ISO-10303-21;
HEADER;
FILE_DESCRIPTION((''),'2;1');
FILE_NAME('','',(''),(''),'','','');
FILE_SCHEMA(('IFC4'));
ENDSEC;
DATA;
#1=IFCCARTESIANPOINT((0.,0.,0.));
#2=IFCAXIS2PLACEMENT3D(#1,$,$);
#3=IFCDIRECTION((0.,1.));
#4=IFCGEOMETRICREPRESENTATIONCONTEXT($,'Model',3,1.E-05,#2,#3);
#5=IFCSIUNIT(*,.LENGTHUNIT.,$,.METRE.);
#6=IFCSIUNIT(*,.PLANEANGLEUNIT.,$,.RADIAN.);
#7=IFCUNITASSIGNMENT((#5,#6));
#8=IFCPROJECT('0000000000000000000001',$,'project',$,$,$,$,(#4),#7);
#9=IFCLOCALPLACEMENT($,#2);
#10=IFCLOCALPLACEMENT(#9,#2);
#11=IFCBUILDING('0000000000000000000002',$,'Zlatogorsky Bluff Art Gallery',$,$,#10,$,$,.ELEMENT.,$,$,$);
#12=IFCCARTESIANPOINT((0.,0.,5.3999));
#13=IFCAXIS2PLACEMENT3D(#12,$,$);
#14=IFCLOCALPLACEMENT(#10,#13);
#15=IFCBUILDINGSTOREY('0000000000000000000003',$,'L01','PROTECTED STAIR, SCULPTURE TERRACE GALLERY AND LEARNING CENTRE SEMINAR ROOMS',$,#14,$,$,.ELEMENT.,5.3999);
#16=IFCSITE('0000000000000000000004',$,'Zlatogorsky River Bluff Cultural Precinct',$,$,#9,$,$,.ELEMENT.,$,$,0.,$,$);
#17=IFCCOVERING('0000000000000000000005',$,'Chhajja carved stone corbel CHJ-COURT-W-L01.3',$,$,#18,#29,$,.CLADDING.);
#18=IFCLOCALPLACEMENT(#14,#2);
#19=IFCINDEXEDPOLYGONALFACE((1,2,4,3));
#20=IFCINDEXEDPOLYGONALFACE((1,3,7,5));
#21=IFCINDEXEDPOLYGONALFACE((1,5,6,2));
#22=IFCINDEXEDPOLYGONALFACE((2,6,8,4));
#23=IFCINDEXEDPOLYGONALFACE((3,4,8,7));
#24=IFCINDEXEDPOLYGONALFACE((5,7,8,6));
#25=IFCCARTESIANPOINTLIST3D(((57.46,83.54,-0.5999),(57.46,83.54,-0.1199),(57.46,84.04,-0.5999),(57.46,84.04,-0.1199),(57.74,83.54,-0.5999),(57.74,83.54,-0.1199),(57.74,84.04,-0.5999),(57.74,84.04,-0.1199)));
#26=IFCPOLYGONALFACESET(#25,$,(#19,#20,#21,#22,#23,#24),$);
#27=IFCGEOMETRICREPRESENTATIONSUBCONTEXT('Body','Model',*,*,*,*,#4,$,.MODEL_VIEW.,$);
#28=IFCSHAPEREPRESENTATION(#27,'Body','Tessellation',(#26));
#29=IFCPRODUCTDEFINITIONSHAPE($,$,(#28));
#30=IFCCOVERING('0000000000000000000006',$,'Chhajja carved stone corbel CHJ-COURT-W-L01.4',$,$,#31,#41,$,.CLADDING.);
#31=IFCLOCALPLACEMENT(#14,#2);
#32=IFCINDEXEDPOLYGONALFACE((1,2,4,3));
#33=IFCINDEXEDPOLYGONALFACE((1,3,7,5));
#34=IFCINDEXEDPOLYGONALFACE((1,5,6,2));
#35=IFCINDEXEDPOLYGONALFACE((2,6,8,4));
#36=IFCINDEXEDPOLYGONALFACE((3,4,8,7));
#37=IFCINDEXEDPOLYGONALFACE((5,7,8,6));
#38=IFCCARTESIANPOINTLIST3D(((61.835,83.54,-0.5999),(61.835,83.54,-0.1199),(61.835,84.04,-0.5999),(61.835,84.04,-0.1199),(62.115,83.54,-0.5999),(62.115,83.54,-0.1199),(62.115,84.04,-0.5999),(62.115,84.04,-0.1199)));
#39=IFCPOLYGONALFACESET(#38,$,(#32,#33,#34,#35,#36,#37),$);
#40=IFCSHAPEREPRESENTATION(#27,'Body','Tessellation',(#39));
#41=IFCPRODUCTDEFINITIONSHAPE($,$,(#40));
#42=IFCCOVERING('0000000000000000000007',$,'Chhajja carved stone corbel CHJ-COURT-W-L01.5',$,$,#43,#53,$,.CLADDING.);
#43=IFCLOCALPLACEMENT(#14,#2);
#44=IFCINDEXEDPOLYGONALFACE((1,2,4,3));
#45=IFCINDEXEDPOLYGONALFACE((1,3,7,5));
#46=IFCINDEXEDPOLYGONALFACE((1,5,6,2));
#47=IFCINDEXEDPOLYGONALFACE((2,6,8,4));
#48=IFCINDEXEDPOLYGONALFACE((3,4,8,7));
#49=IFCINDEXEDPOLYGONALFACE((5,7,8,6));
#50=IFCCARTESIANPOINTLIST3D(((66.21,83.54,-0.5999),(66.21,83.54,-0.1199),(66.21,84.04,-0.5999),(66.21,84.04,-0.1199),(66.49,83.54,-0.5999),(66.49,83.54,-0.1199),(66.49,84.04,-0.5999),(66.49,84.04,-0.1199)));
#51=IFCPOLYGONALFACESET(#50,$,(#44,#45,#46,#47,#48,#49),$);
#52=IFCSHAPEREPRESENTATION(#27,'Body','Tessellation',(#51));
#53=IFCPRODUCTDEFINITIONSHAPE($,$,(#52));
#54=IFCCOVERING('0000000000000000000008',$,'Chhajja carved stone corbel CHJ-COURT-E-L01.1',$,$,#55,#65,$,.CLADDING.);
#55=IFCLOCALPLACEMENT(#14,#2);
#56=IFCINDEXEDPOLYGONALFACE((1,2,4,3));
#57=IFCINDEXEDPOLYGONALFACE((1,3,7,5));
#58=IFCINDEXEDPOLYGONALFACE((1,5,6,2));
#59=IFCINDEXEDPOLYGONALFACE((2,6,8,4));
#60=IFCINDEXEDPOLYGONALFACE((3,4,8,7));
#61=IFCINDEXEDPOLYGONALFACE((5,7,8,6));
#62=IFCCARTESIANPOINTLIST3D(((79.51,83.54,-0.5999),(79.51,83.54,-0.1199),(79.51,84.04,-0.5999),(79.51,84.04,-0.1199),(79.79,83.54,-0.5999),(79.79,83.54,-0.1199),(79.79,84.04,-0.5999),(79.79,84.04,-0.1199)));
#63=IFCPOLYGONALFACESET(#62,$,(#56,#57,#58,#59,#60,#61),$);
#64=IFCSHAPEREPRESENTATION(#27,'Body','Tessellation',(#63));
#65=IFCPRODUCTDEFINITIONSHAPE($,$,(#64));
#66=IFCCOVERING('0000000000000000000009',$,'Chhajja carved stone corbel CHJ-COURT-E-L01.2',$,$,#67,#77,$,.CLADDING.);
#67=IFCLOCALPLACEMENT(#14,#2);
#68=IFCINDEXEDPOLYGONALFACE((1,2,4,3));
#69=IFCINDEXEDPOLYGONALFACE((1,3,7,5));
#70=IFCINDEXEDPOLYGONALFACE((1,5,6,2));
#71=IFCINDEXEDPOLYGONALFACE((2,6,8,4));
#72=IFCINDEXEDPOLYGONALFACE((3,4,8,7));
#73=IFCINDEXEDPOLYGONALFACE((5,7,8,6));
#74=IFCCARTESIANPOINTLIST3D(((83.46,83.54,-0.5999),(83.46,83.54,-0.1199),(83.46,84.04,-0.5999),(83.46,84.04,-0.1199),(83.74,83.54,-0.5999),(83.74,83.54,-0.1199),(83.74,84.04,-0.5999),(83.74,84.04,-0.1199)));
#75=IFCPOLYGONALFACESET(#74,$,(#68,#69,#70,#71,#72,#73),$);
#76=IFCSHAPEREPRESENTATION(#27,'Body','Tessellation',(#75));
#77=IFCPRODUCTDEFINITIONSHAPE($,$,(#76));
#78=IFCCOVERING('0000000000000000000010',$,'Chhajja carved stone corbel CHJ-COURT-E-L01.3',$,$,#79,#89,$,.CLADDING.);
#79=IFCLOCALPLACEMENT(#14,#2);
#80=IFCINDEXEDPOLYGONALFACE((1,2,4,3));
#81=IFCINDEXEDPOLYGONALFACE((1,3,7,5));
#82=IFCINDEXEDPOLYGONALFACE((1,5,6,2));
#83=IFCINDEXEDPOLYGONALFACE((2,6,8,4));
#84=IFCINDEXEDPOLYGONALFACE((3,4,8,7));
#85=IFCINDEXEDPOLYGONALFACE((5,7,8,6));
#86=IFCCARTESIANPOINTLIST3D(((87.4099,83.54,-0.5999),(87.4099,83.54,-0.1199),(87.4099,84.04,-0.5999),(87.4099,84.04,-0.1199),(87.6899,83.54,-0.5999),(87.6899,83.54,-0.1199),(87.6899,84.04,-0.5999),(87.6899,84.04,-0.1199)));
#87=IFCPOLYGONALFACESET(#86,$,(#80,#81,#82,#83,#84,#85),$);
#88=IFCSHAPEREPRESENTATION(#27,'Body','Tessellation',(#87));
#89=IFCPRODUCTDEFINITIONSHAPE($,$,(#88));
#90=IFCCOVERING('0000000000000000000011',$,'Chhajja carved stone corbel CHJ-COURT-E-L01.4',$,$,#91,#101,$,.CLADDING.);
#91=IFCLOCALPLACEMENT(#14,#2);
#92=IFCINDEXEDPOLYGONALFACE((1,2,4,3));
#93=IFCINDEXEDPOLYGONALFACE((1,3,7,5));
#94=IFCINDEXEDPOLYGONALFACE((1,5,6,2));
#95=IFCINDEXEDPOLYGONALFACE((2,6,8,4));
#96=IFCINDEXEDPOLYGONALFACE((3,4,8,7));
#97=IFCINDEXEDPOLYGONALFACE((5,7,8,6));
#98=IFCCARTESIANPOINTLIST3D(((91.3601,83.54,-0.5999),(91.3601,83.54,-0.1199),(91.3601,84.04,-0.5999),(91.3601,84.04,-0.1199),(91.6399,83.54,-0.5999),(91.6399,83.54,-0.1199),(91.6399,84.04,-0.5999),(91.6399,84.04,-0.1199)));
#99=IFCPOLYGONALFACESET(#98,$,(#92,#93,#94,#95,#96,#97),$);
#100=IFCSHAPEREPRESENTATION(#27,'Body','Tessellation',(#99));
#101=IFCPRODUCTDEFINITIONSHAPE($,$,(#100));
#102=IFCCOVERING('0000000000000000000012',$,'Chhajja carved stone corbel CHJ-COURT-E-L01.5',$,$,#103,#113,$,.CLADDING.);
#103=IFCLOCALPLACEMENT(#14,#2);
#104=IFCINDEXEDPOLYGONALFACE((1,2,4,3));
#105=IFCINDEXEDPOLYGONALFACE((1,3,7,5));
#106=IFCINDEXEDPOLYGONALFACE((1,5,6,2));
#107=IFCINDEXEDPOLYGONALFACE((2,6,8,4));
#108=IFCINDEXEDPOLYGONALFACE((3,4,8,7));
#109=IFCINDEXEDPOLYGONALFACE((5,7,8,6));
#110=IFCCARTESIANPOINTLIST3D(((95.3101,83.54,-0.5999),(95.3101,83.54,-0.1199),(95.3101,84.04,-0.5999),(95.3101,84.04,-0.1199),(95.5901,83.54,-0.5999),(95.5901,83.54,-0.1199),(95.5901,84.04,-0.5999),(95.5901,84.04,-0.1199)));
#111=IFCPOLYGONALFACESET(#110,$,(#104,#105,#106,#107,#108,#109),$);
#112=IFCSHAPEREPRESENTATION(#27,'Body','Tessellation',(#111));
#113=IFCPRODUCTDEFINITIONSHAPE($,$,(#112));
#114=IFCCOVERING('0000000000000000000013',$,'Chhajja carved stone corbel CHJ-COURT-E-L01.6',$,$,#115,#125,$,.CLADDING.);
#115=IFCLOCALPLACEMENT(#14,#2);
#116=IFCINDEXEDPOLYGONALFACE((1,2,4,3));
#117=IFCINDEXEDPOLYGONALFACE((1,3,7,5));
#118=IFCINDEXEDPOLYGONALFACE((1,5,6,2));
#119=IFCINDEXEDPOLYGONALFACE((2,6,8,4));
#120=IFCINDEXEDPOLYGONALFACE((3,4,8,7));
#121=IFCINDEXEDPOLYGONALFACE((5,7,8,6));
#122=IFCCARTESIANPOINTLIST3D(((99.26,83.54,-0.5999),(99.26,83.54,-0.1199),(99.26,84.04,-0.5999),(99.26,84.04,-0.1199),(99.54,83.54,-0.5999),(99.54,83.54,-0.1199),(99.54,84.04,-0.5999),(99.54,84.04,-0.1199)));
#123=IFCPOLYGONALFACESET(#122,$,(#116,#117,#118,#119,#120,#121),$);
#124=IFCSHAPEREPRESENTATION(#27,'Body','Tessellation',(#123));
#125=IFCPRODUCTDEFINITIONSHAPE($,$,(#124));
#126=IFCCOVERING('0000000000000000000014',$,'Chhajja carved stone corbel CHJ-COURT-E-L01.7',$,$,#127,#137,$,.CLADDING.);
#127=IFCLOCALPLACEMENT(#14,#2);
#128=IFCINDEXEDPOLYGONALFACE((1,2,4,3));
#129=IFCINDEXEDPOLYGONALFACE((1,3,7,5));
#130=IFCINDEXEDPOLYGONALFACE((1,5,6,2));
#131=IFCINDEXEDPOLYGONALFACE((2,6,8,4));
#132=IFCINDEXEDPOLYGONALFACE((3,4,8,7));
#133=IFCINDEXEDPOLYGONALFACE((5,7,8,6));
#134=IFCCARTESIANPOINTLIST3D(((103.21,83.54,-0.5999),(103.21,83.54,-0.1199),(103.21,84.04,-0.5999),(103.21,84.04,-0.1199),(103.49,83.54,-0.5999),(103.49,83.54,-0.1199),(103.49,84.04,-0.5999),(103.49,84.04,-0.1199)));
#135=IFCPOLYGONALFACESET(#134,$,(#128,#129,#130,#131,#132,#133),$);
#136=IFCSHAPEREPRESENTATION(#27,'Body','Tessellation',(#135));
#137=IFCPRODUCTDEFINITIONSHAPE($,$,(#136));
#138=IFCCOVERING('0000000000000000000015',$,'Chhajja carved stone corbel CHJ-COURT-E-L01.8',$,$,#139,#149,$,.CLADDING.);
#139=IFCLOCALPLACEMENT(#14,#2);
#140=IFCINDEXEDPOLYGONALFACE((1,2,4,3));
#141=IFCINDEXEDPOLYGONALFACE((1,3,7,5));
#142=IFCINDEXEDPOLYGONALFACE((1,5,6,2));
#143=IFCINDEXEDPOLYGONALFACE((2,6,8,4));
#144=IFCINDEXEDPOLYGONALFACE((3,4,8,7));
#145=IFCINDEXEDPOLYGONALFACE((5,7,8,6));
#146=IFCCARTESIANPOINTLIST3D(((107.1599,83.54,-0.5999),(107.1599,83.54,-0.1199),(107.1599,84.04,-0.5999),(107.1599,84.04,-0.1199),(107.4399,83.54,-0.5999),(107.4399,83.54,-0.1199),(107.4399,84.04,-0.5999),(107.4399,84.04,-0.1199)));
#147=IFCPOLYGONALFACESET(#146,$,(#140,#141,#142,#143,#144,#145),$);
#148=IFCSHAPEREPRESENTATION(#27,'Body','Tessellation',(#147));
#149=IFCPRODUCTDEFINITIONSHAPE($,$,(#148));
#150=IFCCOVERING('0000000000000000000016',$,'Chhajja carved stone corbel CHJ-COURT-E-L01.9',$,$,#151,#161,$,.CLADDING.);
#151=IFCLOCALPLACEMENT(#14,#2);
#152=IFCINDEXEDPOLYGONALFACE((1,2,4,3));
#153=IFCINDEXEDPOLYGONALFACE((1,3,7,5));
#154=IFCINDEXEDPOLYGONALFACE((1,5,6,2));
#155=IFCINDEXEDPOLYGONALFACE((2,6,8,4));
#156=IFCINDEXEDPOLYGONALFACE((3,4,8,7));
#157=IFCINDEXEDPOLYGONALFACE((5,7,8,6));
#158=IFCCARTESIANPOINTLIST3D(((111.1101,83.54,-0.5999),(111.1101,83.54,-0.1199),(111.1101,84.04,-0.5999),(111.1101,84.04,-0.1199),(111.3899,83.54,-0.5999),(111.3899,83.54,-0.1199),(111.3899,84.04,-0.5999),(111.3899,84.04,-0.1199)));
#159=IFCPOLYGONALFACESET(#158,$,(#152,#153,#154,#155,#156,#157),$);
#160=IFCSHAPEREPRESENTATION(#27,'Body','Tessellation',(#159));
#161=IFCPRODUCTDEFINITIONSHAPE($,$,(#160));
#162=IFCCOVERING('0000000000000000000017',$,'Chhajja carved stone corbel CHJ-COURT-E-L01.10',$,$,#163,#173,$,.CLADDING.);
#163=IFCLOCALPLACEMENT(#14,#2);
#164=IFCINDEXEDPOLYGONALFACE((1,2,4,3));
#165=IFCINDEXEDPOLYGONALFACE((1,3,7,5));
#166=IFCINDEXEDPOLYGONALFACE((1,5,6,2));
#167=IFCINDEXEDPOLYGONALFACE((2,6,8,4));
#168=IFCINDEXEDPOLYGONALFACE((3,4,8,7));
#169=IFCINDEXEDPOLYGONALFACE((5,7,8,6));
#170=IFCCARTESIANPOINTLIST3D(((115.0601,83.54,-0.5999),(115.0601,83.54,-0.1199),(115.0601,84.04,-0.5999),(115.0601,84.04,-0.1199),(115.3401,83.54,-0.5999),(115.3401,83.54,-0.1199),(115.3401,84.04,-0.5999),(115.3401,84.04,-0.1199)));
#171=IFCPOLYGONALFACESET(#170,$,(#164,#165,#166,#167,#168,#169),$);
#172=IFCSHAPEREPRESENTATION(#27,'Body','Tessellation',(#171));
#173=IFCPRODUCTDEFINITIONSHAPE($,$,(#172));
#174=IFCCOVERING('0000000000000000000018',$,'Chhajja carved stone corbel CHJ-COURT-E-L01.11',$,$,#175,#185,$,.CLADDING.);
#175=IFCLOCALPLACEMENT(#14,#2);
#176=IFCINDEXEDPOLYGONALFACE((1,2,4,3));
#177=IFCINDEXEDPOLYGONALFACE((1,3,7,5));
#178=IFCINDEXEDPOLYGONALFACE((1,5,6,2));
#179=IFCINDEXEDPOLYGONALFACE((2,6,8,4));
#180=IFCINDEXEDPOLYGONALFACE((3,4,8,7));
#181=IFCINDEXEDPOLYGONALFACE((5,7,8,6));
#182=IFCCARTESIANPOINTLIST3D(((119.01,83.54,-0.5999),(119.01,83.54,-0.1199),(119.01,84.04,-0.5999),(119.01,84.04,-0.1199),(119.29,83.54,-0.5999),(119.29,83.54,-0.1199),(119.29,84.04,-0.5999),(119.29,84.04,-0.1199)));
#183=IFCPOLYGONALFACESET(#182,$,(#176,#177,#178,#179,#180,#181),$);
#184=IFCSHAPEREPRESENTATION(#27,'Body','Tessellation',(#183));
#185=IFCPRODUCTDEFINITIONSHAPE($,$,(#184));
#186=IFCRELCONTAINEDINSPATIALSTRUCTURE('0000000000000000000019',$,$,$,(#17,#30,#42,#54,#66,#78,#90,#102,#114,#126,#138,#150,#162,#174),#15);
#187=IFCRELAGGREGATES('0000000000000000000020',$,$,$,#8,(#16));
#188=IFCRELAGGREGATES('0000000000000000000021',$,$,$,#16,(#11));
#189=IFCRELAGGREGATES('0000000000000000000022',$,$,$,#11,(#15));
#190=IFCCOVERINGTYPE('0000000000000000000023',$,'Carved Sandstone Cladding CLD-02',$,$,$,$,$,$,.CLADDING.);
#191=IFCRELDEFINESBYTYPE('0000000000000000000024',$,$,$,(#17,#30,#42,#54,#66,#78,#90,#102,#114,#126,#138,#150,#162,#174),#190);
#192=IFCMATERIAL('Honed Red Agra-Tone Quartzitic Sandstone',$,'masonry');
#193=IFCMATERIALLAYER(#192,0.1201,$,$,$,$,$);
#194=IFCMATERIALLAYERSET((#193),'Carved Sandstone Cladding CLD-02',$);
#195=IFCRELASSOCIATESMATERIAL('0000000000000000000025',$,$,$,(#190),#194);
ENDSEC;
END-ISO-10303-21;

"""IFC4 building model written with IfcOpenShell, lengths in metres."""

from ifc_helpers import new_model, si_unit, direction, frame, origin, place, context, subcontext, project, spatial, polyline, outline, extrude, material, layer, layer_set, type_object, element, save


model = new_model("IFC4")

# Units and contexts
model_context = context("Model", 3, precision=1e-05, world=origin(), true_north=direction((0.0, 1.0)))
body_context = subcontext(model_context, "Body", "Model", "MODEL_VIEW")
ifc_project = project(units=[si_unit("LENGTHUNIT", "METRE"), si_unit("PLANEANGLEUNIT", "RADIAN")], contexts=[model_context])

# Site, building, storey
site_placement = place(None, origin())
site = spatial("IfcSite", under=ifc_project, at=site_placement, Name="Zlatogorsky River Bluff Cultural Precinct", CompositionType="ELEMENT", RefElevation=0.0)
building_placement = place(site_placement, origin())
building = spatial("IfcBuilding", under=site, at=building_placement, Name="Zlatogorsky Bluff Art Gallery", CompositionType="ELEMENT")
storey_placement = place(building_placement, frame((0.0, 0.0, 5.3999)))
storey = spatial("IfcBuildingStorey", under=building, at=storey_placement, Name="L01", Description="PROTECTED STAIR, SCULPTURE TERRACE GALLERY AND LEARNING CENTRE SEMINAR ROOMS", CompositionType="ELEMENT", Elevation=5.3999)

# Coverings
ifc_material = material(Name="Honed Red Agra-Tone Quartzitic Sandstone", Category="masonry")
ifc_layer = layer(ifc_material, 0.1201)
ifc_layer_set = layer_set([ifc_layer], Name="Carved Sandstone Cladding CLD-02")
covering_type = type_object("IfcCoveringType", Name="Carved Sandstone Cladding CLD-02", PredefinedType="CLADDING", material=ifc_layer_set)
covering_1_placement = place(storey_placement, frame((0.0, 0.0, -0.5999)))
element("IfcCovering", 1, at=covering_1_placement, inside=storey, type_object=covering_type, Name="Chhajja carved stone corbel CHJ-COURT-W-L01.3", PredefinedType="CLADDING", context=body_context, shape_type="SweptSolid", body=[
    extrude(outline(polyline([(57.46, 83.54), (57.74, 83.54), (57.74, 84.04), (57.46, 84.04), (57.46, 83.54)])), origin(), (0.0, 0.0, 1.0), 0.48),
])
covering_2_placement = place(storey_placement, frame((0.0, 0.0, -0.5999)))
element("IfcCovering", 2, at=covering_2_placement, inside=storey, type_object=covering_type, Name="Chhajja carved stone corbel CHJ-COURT-W-L01.4", PredefinedType="CLADDING", context=body_context, shape_type="SweptSolid", body=[
    extrude(outline(polyline([(61.835, 83.54), (62.115, 83.54), (62.115, 84.04), (61.835, 84.04), (61.835, 83.54)])), origin(), (0.0, 0.0, 1.0), 0.48),
])
covering_3_placement = place(storey_placement, frame((0.0, 0.0, -0.5999)))
element("IfcCovering", 3, at=covering_3_placement, inside=storey, type_object=covering_type, Name="Chhajja carved stone corbel CHJ-COURT-W-L01.5", PredefinedType="CLADDING", context=body_context, shape_type="SweptSolid", body=[
    extrude(outline(polyline([(66.21, 83.54), (66.49, 83.54), (66.49, 84.04), (66.21, 84.04), (66.21, 83.54)])), origin(), (0.0, 0.0, 1.0), 0.48),
])
covering_4_placement = place(storey_placement, frame((0.0, 0.0, -0.5999)))
element("IfcCovering", 4, at=covering_4_placement, inside=storey, type_object=covering_type, Name="Chhajja carved stone corbel CHJ-COURT-E-L01.1", PredefinedType="CLADDING", context=body_context, shape_type="SweptSolid", body=[
    extrude(outline(polyline([(79.51, 83.54), (79.79, 83.54), (79.79, 84.04), (79.51, 84.04), (79.51, 83.54)])), origin(), (0.0, 0.0, 1.0), 0.48),
])
covering_5_placement = place(storey_placement, frame((0.0, 0.0, -0.5999)))
element("IfcCovering", 5, at=covering_5_placement, inside=storey, type_object=covering_type, Name="Chhajja carved stone corbel CHJ-COURT-E-L01.2", PredefinedType="CLADDING", context=body_context, shape_type="SweptSolid", body=[
    extrude(outline(polyline([(83.46, 83.54), (83.74, 83.54), (83.74, 84.04), (83.46, 84.04), (83.46, 83.54)])), origin(), (0.0, 0.0, 1.0), 0.48),
])
covering_6_placement = place(storey_placement, frame((0.0, 0.0, -0.5999)))
element("IfcCovering", 6, at=covering_6_placement, inside=storey, type_object=covering_type, Name="Chhajja carved stone corbel CHJ-COURT-E-L01.3", PredefinedType="CLADDING", context=body_context, shape_type="SweptSolid", body=[
    extrude(outline(polyline([(87.4099, 83.54), (87.6899, 83.54), (87.6899, 84.04), (87.4099, 84.04), (87.4099, 83.54)])), origin(), (0.0, 0.0, 1.0), 0.48),
])
covering_7_placement = place(storey_placement, frame((0.0, 0.0, -0.5999)))
element("IfcCovering", 7, at=covering_7_placement, inside=storey, type_object=covering_type, Name="Chhajja carved stone corbel CHJ-COURT-E-L01.4", PredefinedType="CLADDING", context=body_context, shape_type="SweptSolid", body=[
    extrude(outline(polyline([(91.3601, 83.54), (91.6399, 83.54), (91.6399, 84.04), (91.3601, 84.04), (91.3601, 83.54)])), origin(), (0.0, 0.0, 1.0), 0.48),
])
covering_8_placement = place(storey_placement, frame((0.0, 0.0, -0.5999)))
element("IfcCovering", 8, at=covering_8_placement, inside=storey, type_object=covering_type, Name="Chhajja carved stone corbel CHJ-COURT-E-L01.5", PredefinedType="CLADDING", context=body_context, shape_type="SweptSolid", body=[
    extrude(outline(polyline([(95.3101, 83.54), (95.5901, 83.54), (95.5901, 84.04), (95.3101, 84.04), (95.3101, 83.54)])), origin(), (0.0, 0.0, 1.0), 0.48),
])
covering_9_placement = place(storey_placement, frame((0.0, 0.0, -0.5999)))
element("IfcCovering", 9, at=covering_9_placement, inside=storey, type_object=covering_type, Name="Chhajja carved stone corbel CHJ-COURT-E-L01.6", PredefinedType="CLADDING", context=body_context, shape_type="SweptSolid", body=[
    extrude(outline(polyline([(99.26, 83.54), (99.54, 83.54), (99.54, 84.04), (99.26, 84.04), (99.26, 83.54)])), origin(), (0.0, 0.0, 1.0), 0.48),
])
covering_10_placement = place(storey_placement, frame((0.0, 0.0, -0.5999)))
element("IfcCovering", 10, at=covering_10_placement, inside=storey, type_object=covering_type, Name="Chhajja carved stone corbel CHJ-COURT-E-L01.7", PredefinedType="CLADDING", context=body_context, shape_type="SweptSolid", body=[
    extrude(outline(polyline([(103.21, 83.54), (103.49, 83.54), (103.49, 84.04), (103.21, 84.04), (103.21, 83.54)])), origin(), (0.0, 0.0, 1.0), 0.48),
])
covering_11_placement = place(storey_placement, frame((0.0, 0.0, -0.5999)))
element("IfcCovering", 11, at=covering_11_placement, inside=storey, type_object=covering_type, Name="Chhajja carved stone corbel CHJ-COURT-E-L01.8", PredefinedType="CLADDING", context=body_context, shape_type="SweptSolid", body=[
    extrude(outline(polyline([(107.1599, 83.54), (107.4399, 83.54), (107.4399, 84.04), (107.1599, 84.04), (107.1599, 83.54)])), origin(), (0.0, 0.0, 1.0), 0.48),
])
covering_12_placement = place(storey_placement, frame((0.0, 0.0, -0.5999)))
element("IfcCovering", 12, at=covering_12_placement, inside=storey, type_object=covering_type, Name="Chhajja carved stone corbel CHJ-COURT-E-L01.9", PredefinedType="CLADDING", context=body_context, shape_type="SweptSolid", body=[
    extrude(outline(polyline([(111.1101, 83.54), (111.3899, 83.54), (111.3899, 84.04), (111.1101, 84.04), (111.1101, 83.54)])), origin(), (0.0, 0.0, 1.0), 0.48),
])
covering_13_placement = place(storey_placement, frame((0.0, 0.0, -0.5999)))
element("IfcCovering", 13, at=covering_13_placement, inside=storey, type_object=covering_type, Name="Chhajja carved stone corbel CHJ-COURT-E-L01.10", PredefinedType="CLADDING", context=body_context, shape_type="SweptSolid", body=[
    extrude(outline(polyline([(115.0601, 83.54), (115.3401, 83.54), (115.3401, 84.04), (115.0601, 84.04), (115.0601, 83.54)])), origin(), (0.0, 0.0, 1.0), 0.48),
])
covering_14_placement = place(storey_placement, frame((0.0, 0.0, -0.5999)))
element("IfcCovering", 14, at=covering_14_placement, inside=storey, type_object=covering_type, Name="Chhajja carved stone corbel CHJ-COURT-E-L01.11", PredefinedType="CLADDING", context=body_context, shape_type="SweptSolid", body=[
    extrude(outline(polyline([(119.01, 83.54), (119.29, 83.54), (119.29, 84.04), (119.01, 84.04), (119.01, 83.54)])), origin(), (0.0, 0.0, 1.0), 0.48),
])

save(model, "model.ifc")
